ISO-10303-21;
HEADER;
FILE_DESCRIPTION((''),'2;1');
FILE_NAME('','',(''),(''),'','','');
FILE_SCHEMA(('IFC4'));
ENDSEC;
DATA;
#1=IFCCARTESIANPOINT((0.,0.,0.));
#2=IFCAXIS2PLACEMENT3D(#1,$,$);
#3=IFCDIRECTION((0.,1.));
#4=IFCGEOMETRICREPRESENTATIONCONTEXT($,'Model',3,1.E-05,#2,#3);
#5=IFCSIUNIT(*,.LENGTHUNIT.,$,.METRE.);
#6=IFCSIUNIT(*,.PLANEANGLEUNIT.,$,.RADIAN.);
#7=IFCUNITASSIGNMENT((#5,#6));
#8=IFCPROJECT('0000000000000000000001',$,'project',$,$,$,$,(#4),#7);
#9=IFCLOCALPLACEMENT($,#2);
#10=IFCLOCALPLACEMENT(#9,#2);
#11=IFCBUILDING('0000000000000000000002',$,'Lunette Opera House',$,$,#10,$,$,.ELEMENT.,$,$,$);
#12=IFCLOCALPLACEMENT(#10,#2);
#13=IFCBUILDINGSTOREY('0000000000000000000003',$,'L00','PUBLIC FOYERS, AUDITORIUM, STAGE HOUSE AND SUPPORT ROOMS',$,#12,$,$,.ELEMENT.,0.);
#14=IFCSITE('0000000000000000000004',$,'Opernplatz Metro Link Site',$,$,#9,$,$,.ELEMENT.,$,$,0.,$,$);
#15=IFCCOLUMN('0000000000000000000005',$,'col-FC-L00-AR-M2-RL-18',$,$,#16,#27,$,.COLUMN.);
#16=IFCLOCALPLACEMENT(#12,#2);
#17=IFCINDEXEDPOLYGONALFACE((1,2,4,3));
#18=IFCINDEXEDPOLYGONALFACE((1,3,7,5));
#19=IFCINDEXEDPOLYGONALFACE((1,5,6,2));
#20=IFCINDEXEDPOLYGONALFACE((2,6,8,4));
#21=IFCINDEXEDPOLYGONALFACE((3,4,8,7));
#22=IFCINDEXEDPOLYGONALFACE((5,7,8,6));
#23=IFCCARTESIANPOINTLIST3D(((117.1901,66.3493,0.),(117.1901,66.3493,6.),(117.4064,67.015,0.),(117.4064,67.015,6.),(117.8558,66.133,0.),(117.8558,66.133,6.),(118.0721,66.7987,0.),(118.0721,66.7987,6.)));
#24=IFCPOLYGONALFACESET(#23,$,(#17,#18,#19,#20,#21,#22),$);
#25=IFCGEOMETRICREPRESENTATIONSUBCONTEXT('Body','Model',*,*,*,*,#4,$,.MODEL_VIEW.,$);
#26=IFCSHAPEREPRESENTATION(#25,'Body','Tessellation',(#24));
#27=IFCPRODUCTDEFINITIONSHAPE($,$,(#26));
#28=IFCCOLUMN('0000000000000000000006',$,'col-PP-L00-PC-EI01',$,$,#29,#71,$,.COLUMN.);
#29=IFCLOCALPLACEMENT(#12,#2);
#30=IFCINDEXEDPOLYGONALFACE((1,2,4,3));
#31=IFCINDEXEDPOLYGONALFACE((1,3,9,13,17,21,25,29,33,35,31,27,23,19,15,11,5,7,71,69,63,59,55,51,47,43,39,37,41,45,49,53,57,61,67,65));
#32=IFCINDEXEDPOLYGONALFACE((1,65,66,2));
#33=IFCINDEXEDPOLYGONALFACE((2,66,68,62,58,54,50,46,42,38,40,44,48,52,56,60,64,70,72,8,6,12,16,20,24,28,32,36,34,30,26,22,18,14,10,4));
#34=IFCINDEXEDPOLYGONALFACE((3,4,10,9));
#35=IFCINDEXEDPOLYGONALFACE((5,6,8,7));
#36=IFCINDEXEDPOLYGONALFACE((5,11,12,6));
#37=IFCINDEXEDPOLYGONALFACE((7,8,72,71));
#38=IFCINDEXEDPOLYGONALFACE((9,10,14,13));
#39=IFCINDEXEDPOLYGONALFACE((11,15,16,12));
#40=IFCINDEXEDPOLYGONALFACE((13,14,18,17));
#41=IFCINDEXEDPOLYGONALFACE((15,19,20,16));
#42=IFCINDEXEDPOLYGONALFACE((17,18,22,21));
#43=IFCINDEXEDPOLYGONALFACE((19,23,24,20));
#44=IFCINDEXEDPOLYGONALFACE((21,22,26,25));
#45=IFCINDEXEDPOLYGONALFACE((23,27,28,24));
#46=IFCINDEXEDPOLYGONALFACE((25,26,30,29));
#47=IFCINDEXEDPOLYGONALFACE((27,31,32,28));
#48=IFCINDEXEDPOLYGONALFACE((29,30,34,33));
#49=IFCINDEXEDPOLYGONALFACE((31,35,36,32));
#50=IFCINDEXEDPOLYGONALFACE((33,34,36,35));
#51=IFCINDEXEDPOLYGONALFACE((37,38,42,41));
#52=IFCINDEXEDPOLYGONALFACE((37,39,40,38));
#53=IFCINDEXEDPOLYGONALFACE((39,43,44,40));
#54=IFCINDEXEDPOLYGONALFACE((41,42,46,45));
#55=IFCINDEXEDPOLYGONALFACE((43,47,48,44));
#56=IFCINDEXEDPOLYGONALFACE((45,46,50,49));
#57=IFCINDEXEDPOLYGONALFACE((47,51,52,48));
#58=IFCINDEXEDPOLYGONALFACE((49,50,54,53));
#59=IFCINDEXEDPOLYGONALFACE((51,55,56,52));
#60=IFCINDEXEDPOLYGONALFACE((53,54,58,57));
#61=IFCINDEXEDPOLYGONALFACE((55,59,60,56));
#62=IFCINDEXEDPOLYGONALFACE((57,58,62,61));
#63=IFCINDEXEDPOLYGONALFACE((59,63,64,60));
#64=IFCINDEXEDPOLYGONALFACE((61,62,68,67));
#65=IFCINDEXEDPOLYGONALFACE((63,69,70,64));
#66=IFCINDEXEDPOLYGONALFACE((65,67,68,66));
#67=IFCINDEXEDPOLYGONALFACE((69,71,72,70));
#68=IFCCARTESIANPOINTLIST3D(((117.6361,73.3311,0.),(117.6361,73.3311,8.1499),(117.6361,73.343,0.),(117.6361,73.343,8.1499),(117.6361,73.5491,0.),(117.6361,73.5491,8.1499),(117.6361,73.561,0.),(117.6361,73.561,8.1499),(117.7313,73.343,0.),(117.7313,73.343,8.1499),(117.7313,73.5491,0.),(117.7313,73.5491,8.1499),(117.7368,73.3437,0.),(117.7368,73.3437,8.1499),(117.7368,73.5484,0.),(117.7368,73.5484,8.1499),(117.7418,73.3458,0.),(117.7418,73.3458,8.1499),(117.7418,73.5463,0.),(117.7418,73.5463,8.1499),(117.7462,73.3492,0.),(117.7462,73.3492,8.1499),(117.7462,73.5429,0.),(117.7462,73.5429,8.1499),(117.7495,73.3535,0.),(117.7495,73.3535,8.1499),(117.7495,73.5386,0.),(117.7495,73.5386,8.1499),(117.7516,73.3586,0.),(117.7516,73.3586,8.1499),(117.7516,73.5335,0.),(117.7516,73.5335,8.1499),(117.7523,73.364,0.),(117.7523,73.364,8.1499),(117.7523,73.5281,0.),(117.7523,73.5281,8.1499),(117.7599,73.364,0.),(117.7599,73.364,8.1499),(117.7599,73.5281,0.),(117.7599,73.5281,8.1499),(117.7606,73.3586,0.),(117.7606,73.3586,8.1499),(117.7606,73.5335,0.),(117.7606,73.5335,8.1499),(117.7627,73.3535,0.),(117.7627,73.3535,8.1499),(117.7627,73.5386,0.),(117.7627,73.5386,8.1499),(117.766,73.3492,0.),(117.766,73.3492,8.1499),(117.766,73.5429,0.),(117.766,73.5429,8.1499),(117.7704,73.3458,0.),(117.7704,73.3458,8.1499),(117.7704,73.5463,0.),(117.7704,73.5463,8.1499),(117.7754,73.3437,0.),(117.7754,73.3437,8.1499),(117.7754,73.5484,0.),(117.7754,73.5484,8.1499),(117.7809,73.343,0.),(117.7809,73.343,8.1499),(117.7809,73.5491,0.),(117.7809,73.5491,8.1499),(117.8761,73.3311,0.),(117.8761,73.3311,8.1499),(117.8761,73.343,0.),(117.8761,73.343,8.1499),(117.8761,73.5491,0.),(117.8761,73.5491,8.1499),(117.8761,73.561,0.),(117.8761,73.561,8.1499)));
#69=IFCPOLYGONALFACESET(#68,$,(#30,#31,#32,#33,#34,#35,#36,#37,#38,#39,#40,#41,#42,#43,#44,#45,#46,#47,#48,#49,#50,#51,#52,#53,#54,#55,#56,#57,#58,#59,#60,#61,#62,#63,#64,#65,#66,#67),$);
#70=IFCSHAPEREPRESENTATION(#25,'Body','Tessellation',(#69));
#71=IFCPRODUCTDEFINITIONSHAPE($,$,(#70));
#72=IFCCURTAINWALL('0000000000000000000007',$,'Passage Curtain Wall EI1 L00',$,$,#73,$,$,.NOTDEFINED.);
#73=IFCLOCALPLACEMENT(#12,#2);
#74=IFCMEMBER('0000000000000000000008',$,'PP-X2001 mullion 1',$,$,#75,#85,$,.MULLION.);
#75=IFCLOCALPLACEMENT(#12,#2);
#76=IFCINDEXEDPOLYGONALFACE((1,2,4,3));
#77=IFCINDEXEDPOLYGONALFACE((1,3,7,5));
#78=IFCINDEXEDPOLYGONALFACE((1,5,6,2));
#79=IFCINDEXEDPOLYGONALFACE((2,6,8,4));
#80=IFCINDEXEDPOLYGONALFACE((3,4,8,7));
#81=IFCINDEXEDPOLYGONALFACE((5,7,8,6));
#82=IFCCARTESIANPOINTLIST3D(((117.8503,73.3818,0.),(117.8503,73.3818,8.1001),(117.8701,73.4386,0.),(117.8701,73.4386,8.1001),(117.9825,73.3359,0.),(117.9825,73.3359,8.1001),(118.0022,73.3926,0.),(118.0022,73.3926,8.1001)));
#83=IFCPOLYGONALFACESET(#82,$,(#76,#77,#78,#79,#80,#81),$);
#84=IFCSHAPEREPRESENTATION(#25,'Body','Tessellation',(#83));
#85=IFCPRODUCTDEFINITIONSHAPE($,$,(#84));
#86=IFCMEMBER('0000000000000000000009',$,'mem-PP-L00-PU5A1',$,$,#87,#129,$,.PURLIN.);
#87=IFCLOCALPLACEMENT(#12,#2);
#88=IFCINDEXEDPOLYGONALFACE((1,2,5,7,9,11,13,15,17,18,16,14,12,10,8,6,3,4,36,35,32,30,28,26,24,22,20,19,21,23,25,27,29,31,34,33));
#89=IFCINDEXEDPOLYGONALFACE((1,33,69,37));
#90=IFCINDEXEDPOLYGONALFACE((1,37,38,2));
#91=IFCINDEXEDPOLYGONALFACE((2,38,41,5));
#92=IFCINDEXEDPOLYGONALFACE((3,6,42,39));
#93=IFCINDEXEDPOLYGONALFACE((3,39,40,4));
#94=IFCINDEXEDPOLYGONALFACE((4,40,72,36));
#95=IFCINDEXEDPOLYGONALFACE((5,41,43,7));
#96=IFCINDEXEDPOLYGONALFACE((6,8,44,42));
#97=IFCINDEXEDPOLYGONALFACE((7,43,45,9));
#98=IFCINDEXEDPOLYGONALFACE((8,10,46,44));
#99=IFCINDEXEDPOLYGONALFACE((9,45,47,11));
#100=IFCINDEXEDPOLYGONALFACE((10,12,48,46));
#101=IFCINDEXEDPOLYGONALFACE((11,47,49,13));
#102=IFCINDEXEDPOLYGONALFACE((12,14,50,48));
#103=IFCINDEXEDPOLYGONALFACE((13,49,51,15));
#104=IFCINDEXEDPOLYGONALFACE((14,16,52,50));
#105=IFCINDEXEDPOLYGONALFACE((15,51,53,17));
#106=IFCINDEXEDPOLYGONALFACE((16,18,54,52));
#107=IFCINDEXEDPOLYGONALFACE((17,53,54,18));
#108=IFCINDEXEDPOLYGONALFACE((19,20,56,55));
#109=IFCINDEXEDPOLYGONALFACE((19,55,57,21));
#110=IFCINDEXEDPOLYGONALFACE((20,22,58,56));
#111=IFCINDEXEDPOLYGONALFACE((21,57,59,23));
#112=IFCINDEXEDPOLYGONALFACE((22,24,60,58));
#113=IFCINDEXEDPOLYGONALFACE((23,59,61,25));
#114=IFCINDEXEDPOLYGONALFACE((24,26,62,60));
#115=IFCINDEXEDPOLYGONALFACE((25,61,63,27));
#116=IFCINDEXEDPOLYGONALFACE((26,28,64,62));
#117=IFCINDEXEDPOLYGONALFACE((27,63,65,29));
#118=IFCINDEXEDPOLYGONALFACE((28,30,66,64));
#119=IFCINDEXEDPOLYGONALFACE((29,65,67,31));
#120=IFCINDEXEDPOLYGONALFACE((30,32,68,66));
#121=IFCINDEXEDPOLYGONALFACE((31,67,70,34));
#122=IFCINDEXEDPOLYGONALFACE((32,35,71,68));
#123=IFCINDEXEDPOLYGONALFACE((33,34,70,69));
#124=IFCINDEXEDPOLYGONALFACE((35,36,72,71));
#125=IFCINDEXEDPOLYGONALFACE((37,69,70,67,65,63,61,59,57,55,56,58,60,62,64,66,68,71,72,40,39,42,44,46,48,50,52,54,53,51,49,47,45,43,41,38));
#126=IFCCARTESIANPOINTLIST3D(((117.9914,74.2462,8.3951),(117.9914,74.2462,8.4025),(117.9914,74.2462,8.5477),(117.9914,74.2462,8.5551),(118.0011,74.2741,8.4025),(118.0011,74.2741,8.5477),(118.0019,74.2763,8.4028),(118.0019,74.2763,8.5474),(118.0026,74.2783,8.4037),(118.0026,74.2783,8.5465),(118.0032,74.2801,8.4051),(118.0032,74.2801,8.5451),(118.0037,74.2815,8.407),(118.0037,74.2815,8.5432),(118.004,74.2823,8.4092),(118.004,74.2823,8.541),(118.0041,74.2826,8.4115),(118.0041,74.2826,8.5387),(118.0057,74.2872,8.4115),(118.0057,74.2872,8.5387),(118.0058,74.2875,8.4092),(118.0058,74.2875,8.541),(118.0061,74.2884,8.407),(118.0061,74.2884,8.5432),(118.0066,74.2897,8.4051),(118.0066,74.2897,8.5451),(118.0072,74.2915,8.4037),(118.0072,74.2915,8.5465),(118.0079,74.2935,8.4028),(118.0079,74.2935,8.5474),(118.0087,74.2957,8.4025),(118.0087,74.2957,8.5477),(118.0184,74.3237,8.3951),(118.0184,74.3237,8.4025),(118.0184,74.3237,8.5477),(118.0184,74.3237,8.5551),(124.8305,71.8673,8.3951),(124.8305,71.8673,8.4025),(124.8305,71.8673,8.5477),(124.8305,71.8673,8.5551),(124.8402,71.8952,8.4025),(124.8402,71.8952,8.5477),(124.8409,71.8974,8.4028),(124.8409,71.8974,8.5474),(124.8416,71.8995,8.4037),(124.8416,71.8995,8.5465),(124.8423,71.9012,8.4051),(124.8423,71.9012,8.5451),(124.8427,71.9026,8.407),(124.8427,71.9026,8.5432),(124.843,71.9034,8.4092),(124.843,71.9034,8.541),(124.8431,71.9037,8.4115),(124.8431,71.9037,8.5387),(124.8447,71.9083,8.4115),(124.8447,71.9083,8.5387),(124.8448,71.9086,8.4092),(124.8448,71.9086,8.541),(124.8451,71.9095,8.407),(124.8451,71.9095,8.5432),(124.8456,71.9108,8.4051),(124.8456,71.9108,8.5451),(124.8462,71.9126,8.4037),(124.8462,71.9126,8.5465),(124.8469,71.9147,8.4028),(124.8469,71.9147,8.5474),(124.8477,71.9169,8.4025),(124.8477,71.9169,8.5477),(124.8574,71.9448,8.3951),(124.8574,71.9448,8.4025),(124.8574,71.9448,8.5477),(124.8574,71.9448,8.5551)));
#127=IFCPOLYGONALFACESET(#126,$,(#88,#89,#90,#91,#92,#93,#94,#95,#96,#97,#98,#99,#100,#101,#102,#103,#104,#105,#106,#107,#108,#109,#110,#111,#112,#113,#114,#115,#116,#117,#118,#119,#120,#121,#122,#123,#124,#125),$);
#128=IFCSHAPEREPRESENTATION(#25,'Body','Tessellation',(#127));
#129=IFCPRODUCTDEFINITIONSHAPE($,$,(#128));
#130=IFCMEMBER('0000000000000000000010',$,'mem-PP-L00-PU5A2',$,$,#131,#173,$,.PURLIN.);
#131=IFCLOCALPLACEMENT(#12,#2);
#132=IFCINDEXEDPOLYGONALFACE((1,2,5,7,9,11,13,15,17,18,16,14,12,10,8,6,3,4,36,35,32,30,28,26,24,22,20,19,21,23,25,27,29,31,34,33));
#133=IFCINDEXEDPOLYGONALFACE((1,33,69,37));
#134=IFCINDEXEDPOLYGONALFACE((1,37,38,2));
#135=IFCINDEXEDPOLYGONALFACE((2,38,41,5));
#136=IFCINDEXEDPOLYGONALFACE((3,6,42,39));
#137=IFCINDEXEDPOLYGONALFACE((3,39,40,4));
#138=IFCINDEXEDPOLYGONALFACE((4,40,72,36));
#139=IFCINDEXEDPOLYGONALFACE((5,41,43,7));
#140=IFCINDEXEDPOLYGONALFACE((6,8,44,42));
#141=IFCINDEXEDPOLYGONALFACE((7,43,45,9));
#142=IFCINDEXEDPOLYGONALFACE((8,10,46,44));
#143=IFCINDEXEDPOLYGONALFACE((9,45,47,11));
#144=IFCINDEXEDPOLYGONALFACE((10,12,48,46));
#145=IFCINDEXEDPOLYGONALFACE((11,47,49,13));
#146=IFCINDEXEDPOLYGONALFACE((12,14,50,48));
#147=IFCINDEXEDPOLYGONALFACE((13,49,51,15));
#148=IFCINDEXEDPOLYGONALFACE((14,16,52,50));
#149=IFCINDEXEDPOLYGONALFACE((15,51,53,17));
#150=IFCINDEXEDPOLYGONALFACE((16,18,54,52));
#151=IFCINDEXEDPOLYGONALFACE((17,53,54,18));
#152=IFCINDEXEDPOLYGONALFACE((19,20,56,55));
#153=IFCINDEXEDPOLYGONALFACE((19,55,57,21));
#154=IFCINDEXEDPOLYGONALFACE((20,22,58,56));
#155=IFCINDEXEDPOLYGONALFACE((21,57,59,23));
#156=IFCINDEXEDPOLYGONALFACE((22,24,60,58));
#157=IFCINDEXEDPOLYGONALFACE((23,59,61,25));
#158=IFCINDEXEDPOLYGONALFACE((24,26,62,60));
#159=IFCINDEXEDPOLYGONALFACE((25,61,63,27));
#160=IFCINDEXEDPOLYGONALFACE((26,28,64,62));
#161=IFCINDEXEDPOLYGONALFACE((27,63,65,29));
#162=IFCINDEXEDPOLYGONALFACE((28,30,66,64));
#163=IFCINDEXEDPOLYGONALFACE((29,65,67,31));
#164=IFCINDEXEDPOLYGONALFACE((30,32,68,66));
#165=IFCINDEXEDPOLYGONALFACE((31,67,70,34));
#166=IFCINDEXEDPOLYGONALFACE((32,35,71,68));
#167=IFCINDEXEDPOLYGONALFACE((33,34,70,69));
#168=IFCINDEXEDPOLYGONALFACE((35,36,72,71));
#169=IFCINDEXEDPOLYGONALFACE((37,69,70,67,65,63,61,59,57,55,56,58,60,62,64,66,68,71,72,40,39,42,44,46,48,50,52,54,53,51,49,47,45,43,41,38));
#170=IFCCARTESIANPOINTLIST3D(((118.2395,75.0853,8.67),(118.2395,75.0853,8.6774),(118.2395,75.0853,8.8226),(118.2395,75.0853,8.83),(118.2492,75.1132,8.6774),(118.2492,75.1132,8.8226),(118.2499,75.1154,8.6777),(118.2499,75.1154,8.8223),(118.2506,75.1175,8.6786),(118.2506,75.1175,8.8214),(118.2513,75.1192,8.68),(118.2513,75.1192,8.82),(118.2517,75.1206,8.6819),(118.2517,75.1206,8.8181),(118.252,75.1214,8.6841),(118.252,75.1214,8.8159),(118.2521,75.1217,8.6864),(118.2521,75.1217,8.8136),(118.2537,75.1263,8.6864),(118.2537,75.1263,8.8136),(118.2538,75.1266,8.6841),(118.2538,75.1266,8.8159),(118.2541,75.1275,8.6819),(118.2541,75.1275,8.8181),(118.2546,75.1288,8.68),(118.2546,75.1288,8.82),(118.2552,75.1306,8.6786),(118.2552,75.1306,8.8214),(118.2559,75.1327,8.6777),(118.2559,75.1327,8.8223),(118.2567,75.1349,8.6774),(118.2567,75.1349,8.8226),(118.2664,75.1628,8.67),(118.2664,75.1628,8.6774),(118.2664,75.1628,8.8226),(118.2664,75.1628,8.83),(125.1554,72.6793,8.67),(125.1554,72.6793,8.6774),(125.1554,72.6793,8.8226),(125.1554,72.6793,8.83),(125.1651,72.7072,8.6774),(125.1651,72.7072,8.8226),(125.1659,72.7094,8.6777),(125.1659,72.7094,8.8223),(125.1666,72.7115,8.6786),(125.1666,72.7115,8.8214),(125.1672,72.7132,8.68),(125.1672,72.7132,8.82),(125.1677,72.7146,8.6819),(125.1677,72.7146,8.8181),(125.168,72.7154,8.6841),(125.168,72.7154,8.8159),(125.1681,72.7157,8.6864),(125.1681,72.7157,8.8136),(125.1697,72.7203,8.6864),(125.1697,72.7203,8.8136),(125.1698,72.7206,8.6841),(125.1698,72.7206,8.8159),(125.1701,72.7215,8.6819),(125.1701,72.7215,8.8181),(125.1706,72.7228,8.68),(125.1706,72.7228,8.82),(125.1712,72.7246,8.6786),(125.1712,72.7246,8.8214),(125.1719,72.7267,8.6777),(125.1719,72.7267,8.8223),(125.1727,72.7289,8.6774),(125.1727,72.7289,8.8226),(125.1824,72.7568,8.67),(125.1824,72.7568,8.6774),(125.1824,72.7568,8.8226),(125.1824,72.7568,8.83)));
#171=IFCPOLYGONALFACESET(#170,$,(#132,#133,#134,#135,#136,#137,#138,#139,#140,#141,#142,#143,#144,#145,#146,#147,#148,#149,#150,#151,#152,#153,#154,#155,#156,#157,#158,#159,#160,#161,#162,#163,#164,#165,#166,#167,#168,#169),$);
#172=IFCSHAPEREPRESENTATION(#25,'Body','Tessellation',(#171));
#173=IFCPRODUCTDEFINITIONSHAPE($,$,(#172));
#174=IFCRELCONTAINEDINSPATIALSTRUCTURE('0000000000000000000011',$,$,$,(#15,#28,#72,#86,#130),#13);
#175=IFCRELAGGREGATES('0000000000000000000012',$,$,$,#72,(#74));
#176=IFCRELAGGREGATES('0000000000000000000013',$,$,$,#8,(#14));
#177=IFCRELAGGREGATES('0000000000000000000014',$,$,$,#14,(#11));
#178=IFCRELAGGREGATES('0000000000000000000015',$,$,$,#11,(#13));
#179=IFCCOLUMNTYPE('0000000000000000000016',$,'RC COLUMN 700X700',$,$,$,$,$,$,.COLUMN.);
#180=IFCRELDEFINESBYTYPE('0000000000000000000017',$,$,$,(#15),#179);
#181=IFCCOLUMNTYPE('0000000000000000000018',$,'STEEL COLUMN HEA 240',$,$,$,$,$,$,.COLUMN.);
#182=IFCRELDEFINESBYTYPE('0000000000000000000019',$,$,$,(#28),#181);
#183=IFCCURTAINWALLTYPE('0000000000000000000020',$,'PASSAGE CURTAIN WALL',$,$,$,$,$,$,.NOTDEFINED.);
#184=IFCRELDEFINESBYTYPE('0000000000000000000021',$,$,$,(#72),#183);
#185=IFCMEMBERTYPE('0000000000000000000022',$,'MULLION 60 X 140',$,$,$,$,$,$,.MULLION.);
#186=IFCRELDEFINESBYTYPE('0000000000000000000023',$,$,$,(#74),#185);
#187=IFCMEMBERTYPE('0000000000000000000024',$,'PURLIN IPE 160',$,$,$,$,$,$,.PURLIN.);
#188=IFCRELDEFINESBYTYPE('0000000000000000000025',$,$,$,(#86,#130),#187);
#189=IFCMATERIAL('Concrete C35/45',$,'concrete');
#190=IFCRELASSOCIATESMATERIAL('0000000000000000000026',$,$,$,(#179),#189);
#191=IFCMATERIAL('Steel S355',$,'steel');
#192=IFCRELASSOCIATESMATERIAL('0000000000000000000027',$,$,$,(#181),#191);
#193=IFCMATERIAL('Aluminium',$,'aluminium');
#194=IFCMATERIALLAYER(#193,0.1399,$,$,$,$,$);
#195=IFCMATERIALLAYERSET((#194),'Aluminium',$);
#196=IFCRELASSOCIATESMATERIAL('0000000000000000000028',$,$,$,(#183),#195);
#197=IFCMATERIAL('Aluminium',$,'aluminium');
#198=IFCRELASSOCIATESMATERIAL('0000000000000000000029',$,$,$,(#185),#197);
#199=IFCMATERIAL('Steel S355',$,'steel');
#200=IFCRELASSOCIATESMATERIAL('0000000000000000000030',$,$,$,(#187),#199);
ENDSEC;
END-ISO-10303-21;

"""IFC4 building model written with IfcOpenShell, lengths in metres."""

from ifc_helpers import new_model, si_unit, direction, frame, origin, origin_2d, place, context, subcontext, project, spatial, rectangle, i_section, extrude, material, layer, layer_set, material_profile, profile_set, type_object, element, aggregate, save


model = new_model("IFC4")

# Units and contexts
model_context = context("Model", 3, precision=1e-05, world=origin(), true_north=direction((0.0, 1.0)))
body_context = subcontext(model_context, "Body", "Model", "MODEL_VIEW")
ifc_project = project(units=[si_unit("LENGTHUNIT", "METRE"), si_unit("PLANEANGLEUNIT", "RADIAN")], contexts=[model_context])

# Site, building, storey
site_placement = place(None, origin())
site = spatial("IfcSite", under=ifc_project, at=site_placement, Name="Opernplatz Metro Link Site", CompositionType="ELEMENT", RefElevation=0.0)
building_placement = place(site_placement, origin())
building = spatial("IfcBuilding", under=site, at=building_placement, Name="Lunette Opera House", CompositionType="ELEMENT")
storey_placement = place(building_placement, origin())
storey = spatial("IfcBuildingStorey", under=building, at=storey_placement, Name="L00", Description="PUBLIC FOYERS, AUDITORIUM, STAGE HOUSE AND SUPPORT ROOMS", CompositionType="ELEMENT", Elevation=0.0)

# Columns
ifc_material_1 = material(Name="Concrete C35/45", Category="concrete")
ifc_material_profile_1 = material_profile(ifc_material_1, rectangle(XDim=0.7, YDim=0.7, at=origin_2d()), Name="RC COLUMN 700X700")
ifc_profile_set_1 = profile_set([ifc_material_profile_1], Name="Concrete C35/45")
column_type_1 = type_object("IfcColumnType", Name="RC COLUMN 700X700", PredefinedType="COLUMN", material=ifc_profile_set_1)
column_1_placement = place(storey_placement, frame((117.6311, 66.574, 0.0), z_axis=(0.0, 0.0, 1.0), x_axis=(0.951057, -0.309017, 0.0)))
element("IfcColumn", 1, at=column_1_placement, inside=storey, type_object=column_type_1, Name="col-FC-L00-AR-M2-RL-18", PredefinedType="COLUMN", context=body_context, shape_type="SweptSolid", body=[
    extrude(rectangle(XDim=0.7, YDim=0.7, at=origin_2d()), origin(), (0.0, 0.0, 1.0), 6.0),
])
ifc_material_2 = material(Name="Steel S355", Category="steel")
ifc_material_profile_2 = material_profile(ifc_material_2, i_section(OverallWidth=0.24, OverallDepth=0.23, WebThickness=0.0076, FlangeThickness=0.012, FilletRadius=0.021, at=origin_2d()), Name="HEA 240")
ifc_profile_set_2 = profile_set([ifc_material_profile_2], Name="Steel S355")
column_type_2 = type_object("IfcColumnType", Name="STEEL COLUMN HEA 240", PredefinedType="COLUMN", material=ifc_profile_set_2)
column_2_placement = place(storey_placement, frame((117.7561, 73.446, 0.0), z_axis=(0.0, 0.0, 1.0), x_axis=(1.0, 0.0, 0.0)))
element("IfcColumn", 2, at=column_2_placement, inside=storey, type_object=column_type_2, Name="col-PP-L00-PC-EI01", PredefinedType="COLUMN", context=body_context, shape_type="SweptSolid", body=[
    extrude(i_section(OverallWidth=0.24, OverallDepth=0.23, WebThickness=0.0076, FlangeThickness=0.012, FilletRadius=0.021, at=origin_2d()), origin(), (0.0, 0.0, 1.0), 8.1499),
])

# Curtain wall, member
ifc_material_3 = material(Name="Aluminium", Category="aluminium")
ifc_layer_1 = layer(ifc_material_3, 0.1399)
ifc_layer_set_1 = layer_set([ifc_layer_1], Name="Aluminium")
curtain_wall_type = type_object("IfcCurtainWallType", Name="PASSAGE CURTAIN WALL", PredefinedType="NOTDEFINED", material=ifc_layer_set_1)
curtain_wall_placement = place(storey_placement, origin())
curtain_wall = element("IfcCurtainWall", 3, at=curtain_wall_placement, inside=storey, type_object=curtain_wall_type, Name="Passage Curtain Wall EI1 L00", PredefinedType="NOTDEFINED")
ifc_material_4 = material(Name="Aluminium", Category="aluminium")
ifc_material_profile_3 = material_profile(ifc_material_4, rectangle(XDim=0.0601, YDim=0.1399, at=origin_2d()), Name="MULLION 60 X 140")
ifc_profile_set_3 = profile_set([ifc_material_profile_3], Name="Aluminium")
member_type_1 = type_object("IfcMemberType", Name="MULLION 60 X 140", PredefinedType="MULLION", material=ifc_profile_set_3)
member_1_placement = place(storey_placement, frame((117.9263, 73.3872, 0.0), z_axis=(0.0, 0.0, 1.0), x_axis=(0.328622, 0.944461, 0.0)))
member_1 = element("IfcMember", 4, at=member_1_placement, type_object=member_type_1, Name="PP-X2001 mullion 1", PredefinedType="MULLION", context=body_context, shape_type="SweptSolid", body=[
    extrude(rectangle(XDim=0.0601, YDim=0.1399, at=origin_2d()), origin(), (0.0, 0.0, 1.0), 8.1001),
])

# Members
ifc_material_5 = material(Name="Steel S355", Category="steel")
ifc_material_profile_4 = material_profile(ifc_material_5, i_section(OverallWidth=0.082, OverallDepth=0.1599, WebThickness=0.0049, FlangeThickness=0.0073, FilletRadius=0.009, at=origin_2d()), Name="IPE 160")
ifc_profile_set_4 = profile_set([ifc_material_profile_4], Name="Steel S355")
member_type_2 = type_object("IfcMemberType", Name="PURLIN IPE 160", PredefinedType="PURLIN", material=ifc_profile_set_4)
member_2_placement = place(storey_placement, frame((118.0049, 74.2849, 8.4751), z_axis=(0.944493, -0.328531, 0.0), x_axis=(0.328531, 0.944493, 0.0)))
element("IfcMember", 5, at=member_2_placement, inside=storey, type_object=member_type_2, Name="mem-PP-L00-PU5A1", PredefinedType="PURLIN", context=body_context, shape_type="SweptSolid", body=[
    extrude(i_section(OverallWidth=0.082, OverallDepth=0.1599, WebThickness=0.0049, FlangeThickness=0.0073, FilletRadius=0.009, at=origin_2d()), origin(), (0.0, 0.0, 1.0), 7.241),
])
member_3_placement = place(storey_placement, frame((118.2529, 75.124, 8.75), z_axis=(0.944478, -0.328574, 0.0), x_axis=(0.328574, 0.944478, 0.0)))
element("IfcMember", 6, at=member_3_placement, inside=storey, type_object=member_type_2, Name="mem-PP-L00-PU5A2", PredefinedType="PURLIN", context=body_context, shape_type="SweptSolid", body=[
    extrude(i_section(OverallWidth=0.082, OverallDepth=0.1599, WebThickness=0.0049, FlangeThickness=0.0073, FilletRadius=0.009, at=origin_2d()), origin(), (0.0, 0.0, 1.0), 7.3225),
])

aggregate(curtain_wall, [member_1])

save(model, "model.ifc")
